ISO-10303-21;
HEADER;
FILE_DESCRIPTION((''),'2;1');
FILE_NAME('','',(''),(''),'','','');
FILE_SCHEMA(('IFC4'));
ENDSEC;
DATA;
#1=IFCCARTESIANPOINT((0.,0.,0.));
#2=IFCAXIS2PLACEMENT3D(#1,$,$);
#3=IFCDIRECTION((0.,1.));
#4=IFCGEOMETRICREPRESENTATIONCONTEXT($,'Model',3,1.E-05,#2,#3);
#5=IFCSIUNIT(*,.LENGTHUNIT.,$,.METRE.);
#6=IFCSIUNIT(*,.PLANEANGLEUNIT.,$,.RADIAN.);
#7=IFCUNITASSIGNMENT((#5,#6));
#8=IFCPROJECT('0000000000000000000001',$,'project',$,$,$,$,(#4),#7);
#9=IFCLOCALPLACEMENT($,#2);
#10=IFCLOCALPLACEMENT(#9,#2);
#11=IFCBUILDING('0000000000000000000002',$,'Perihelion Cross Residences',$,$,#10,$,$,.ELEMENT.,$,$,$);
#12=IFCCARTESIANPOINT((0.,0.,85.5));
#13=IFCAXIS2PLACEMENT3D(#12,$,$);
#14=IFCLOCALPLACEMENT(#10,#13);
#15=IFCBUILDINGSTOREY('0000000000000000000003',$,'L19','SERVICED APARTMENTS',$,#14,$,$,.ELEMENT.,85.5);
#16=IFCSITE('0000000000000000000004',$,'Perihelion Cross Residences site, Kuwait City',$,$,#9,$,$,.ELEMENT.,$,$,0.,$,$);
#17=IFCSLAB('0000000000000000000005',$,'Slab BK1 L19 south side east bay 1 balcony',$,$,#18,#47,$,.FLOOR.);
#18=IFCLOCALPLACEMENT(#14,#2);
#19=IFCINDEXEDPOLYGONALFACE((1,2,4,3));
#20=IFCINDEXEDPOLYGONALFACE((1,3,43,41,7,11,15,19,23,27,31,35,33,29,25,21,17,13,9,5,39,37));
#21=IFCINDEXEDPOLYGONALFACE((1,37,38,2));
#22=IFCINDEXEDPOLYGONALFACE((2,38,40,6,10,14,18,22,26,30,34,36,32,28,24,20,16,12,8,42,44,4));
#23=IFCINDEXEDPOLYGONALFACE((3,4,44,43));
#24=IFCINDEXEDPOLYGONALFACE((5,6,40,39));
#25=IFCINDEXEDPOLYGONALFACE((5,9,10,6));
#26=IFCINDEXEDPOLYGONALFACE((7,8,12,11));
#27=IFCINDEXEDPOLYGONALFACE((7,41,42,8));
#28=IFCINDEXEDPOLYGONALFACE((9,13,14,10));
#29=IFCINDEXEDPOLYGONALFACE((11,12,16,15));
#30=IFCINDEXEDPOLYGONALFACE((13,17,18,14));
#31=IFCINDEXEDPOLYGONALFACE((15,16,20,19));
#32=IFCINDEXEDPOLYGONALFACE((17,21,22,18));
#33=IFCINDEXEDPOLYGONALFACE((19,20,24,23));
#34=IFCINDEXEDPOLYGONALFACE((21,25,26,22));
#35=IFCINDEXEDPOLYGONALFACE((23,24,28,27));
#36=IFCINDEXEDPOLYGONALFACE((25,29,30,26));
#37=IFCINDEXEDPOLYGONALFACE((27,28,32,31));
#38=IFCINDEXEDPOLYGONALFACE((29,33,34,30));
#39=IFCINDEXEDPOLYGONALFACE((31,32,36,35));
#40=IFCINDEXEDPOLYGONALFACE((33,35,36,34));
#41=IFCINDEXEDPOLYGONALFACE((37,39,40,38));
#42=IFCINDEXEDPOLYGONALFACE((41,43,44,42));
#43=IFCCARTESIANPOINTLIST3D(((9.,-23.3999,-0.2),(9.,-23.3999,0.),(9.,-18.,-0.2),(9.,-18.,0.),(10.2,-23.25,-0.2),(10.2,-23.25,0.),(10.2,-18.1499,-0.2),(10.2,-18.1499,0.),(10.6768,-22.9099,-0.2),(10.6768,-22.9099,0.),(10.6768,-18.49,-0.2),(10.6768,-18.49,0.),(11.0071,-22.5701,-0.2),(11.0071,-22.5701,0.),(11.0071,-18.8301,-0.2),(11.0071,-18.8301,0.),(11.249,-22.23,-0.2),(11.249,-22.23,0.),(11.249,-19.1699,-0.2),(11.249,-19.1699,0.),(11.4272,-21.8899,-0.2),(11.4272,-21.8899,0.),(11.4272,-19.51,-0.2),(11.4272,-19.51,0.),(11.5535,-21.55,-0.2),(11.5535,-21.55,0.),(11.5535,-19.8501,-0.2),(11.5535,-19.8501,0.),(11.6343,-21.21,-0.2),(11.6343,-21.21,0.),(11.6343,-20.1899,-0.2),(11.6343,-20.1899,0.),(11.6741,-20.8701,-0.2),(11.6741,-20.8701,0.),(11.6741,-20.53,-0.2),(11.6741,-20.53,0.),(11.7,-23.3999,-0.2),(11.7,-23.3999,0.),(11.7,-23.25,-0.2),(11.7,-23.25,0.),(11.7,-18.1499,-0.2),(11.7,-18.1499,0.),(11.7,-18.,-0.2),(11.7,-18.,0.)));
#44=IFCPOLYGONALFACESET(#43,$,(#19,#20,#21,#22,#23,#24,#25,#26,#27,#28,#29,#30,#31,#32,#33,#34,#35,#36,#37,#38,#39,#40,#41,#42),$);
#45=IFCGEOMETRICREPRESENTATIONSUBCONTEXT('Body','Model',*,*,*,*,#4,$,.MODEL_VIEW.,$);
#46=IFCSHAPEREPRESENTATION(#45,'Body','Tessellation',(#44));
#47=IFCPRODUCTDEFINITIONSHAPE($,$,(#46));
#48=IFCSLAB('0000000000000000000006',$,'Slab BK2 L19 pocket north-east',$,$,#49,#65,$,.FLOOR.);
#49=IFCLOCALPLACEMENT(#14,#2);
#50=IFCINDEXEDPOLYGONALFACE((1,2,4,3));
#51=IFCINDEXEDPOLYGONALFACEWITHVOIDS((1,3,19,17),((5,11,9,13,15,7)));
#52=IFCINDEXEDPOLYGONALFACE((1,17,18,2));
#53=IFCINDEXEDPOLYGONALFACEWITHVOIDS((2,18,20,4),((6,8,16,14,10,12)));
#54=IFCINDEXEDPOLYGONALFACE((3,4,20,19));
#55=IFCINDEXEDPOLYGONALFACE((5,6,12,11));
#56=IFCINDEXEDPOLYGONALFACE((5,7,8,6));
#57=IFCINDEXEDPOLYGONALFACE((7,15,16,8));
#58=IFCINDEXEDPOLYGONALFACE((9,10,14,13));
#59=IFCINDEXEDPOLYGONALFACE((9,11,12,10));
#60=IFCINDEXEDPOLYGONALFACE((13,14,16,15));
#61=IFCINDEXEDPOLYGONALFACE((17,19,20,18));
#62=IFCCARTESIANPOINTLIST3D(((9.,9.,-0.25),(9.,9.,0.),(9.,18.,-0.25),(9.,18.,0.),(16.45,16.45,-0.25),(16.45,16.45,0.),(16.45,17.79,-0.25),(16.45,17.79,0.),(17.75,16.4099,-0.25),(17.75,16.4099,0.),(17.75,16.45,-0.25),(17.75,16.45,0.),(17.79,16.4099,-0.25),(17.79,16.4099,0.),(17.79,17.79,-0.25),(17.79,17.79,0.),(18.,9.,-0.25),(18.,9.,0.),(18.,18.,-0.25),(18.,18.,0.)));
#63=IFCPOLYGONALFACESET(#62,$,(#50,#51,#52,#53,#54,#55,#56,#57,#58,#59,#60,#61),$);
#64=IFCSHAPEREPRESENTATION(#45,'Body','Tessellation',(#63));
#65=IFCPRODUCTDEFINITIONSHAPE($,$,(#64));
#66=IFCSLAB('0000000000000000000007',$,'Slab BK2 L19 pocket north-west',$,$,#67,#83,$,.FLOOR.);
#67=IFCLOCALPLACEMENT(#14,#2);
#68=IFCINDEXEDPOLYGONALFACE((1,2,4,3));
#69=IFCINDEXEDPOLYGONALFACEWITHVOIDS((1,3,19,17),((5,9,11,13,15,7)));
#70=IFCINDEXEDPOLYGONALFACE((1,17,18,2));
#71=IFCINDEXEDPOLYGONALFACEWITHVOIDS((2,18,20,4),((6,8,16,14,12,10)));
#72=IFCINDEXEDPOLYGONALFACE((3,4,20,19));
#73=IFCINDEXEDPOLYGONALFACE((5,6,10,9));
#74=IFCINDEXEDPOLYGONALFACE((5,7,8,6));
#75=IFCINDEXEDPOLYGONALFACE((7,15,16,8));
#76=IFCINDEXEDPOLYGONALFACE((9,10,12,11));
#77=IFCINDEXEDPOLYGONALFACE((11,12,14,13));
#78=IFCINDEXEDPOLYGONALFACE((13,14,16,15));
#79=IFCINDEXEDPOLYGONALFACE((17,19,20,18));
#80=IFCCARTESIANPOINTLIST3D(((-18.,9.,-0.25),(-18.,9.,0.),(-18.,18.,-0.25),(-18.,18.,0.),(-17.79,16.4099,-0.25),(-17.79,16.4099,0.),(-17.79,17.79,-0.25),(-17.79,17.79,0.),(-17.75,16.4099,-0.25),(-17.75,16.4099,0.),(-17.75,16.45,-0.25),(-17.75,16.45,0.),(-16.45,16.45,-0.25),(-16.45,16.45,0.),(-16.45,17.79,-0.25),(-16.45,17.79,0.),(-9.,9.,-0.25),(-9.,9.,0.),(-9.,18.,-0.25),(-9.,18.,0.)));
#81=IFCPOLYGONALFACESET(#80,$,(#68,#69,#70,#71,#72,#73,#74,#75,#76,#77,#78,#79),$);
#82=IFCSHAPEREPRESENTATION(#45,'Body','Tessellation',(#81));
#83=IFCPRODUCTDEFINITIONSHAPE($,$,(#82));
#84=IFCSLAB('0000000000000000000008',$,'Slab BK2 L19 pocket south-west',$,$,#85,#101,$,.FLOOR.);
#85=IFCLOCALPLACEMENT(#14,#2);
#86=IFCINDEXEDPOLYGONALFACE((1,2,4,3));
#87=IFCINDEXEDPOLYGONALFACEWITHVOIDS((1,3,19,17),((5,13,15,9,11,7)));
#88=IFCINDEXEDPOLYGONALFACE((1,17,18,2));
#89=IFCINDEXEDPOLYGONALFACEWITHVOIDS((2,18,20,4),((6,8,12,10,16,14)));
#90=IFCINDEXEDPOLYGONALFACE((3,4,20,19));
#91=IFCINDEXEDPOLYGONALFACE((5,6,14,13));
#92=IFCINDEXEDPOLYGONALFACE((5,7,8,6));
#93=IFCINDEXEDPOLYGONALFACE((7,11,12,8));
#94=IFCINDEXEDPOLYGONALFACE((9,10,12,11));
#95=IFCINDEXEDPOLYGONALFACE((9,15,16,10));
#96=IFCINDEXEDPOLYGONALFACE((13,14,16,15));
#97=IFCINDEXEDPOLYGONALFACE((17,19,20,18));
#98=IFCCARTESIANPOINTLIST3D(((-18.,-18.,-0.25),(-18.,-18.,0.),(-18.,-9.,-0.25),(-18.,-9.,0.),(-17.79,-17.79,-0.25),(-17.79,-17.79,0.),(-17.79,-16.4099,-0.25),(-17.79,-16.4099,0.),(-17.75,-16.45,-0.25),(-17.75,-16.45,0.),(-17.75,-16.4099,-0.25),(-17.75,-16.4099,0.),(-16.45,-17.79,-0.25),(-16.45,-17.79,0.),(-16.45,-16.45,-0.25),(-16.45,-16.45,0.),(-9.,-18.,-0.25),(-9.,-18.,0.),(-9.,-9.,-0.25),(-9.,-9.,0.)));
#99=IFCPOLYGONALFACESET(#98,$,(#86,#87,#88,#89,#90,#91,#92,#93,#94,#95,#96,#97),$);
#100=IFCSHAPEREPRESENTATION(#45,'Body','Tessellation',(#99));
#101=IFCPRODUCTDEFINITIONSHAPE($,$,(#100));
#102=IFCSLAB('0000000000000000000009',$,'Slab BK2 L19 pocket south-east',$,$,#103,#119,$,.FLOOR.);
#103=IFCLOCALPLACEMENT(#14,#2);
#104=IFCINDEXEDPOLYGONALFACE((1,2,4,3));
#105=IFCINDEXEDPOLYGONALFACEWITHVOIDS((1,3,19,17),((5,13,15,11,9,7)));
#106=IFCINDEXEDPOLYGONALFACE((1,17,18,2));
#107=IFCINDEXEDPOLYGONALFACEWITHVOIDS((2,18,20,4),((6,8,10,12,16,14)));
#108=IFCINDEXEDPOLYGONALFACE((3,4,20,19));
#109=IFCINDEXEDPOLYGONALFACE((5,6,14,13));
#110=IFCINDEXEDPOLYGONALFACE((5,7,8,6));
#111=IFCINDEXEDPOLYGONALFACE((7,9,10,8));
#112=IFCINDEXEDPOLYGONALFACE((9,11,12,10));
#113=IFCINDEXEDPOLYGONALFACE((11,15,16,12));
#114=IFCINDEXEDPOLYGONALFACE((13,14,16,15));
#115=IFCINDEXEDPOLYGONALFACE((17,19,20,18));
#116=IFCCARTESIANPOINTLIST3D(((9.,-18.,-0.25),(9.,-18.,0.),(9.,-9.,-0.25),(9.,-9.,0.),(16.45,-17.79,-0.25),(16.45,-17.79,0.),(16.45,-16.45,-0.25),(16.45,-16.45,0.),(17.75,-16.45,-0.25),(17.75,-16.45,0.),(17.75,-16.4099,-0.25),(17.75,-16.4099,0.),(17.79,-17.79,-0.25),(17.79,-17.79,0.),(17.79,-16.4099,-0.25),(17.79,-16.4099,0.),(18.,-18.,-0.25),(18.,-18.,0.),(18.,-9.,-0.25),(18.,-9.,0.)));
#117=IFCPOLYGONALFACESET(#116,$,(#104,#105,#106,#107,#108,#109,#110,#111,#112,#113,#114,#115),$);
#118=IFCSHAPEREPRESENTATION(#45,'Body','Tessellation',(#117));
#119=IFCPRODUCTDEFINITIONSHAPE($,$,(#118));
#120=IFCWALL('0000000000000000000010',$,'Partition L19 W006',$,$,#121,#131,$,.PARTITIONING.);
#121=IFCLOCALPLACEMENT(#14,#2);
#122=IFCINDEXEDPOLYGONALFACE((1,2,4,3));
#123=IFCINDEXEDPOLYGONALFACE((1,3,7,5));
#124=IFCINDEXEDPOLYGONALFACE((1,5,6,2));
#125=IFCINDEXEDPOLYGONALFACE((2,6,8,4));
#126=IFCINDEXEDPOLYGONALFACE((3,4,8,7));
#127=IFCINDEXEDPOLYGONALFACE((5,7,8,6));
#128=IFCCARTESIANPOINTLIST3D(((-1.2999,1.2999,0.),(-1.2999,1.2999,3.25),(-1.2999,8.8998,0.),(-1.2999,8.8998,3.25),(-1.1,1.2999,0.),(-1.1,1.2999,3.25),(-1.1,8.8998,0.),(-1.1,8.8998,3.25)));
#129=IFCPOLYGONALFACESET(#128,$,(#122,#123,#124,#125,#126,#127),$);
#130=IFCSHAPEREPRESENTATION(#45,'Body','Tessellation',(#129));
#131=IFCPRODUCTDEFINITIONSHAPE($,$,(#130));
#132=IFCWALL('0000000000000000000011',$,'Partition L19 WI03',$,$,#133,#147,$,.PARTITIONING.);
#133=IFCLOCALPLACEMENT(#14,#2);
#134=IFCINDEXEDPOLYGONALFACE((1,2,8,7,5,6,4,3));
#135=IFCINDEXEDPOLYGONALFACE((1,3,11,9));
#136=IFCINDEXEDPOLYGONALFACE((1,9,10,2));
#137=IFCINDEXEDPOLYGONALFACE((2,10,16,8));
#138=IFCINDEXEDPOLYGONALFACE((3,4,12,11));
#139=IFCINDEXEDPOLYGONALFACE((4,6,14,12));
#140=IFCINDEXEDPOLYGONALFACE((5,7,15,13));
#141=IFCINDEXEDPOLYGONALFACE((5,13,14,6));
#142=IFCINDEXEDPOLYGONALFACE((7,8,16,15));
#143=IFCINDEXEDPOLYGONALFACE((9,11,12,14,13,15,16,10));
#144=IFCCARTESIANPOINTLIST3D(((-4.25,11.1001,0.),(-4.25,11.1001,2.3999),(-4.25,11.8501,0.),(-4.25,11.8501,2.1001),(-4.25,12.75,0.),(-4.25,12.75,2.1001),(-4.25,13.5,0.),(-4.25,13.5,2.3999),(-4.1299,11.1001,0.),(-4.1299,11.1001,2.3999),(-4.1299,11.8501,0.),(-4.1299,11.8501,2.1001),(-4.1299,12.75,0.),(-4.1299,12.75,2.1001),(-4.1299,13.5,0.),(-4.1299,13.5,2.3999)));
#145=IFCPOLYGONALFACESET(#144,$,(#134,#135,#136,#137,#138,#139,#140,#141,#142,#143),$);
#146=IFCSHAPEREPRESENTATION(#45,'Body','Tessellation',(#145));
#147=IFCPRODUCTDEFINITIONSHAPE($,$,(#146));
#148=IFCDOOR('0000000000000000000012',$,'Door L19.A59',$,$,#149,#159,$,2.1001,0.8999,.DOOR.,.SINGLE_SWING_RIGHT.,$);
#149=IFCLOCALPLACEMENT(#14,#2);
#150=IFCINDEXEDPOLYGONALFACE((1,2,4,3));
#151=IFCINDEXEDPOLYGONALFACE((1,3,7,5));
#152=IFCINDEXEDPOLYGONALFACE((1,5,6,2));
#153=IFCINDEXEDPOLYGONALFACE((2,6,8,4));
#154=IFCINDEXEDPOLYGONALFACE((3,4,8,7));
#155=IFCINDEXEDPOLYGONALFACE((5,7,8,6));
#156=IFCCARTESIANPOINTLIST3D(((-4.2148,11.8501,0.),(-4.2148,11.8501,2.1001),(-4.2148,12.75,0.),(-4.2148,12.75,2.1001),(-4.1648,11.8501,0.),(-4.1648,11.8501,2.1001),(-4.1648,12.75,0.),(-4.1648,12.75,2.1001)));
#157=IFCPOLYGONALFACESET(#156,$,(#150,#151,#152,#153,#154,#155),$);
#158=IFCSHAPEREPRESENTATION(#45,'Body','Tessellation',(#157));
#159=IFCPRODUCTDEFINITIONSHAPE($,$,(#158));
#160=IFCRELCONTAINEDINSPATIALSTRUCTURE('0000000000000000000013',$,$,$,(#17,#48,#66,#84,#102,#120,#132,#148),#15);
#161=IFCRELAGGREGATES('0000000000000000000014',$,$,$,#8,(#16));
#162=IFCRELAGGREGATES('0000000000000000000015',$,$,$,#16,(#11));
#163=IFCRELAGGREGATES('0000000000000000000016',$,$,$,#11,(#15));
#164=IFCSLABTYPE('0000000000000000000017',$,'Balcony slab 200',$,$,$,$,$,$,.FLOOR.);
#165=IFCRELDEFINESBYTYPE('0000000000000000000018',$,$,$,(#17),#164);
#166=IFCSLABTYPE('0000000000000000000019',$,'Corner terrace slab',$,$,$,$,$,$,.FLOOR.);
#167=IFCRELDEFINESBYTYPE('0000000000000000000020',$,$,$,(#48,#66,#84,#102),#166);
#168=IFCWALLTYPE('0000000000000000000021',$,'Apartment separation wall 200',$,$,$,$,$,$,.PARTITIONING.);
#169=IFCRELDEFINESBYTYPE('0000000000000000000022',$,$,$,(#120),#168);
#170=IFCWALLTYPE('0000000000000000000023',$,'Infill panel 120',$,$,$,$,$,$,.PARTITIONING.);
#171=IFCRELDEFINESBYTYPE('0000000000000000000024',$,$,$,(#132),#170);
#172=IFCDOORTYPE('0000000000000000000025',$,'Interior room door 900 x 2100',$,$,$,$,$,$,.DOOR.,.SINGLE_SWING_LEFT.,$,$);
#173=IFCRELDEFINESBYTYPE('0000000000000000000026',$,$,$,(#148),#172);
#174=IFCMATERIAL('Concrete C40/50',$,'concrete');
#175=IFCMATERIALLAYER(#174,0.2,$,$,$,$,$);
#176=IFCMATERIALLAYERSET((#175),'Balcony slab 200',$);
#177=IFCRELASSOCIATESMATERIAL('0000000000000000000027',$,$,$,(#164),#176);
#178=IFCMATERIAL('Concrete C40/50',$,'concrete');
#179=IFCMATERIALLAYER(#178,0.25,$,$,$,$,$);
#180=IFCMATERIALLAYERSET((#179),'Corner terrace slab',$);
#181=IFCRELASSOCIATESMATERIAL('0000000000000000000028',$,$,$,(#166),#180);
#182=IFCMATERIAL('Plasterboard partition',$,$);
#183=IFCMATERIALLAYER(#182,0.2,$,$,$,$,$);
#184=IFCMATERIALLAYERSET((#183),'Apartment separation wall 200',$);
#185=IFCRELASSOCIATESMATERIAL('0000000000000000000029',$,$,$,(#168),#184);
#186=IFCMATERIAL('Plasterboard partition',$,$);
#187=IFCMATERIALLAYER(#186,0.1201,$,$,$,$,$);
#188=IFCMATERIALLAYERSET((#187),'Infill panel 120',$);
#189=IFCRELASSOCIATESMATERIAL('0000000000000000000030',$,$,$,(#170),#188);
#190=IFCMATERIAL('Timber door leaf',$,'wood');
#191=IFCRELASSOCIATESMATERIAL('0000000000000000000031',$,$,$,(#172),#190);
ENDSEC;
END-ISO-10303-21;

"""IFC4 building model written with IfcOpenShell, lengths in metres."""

from ifc_helpers import new_model, si_unit, direction, frame, frame_2d, origin, place, context, subcontext, project, spatial, polyline, rectangle, outline, extrude, material, layer, layer_set, type_object, element, fill, save


model = new_model("IFC4")

# Units and contexts
model_context = context("Model", 3, precision=1e-05, world=origin(), true_north=direction((0.0, 1.0)))
body_context = subcontext(model_context, "Body", "Model", "MODEL_VIEW")
ifc_project = project(units=[si_unit("LENGTHUNIT", "METRE"), si_unit("PLANEANGLEUNIT", "RADIAN")], contexts=[model_context])

# Site, building, storey
site_placement = place(None, origin())
site = spatial("IfcSite", under=ifc_project, at=site_placement, Name="Perihelion Cross Residences site, Kuwait City", CompositionType="ELEMENT", RefElevation=0.0)
building_placement = place(site_placement, origin())
building = spatial("IfcBuilding", under=site, at=building_placement, Name="Perihelion Cross Residences", CompositionType="ELEMENT")
storey_placement = place(building_placement, frame((0.0, 0.0, 85.5)))
storey = spatial("IfcBuildingStorey", under=building, at=storey_placement, Name="L19", Description="SERVICED APARTMENTS", CompositionType="ELEMENT", Elevation=85.5)

# Slabs
ifc_material_1 = material(Name="Concrete C40/50", Category="concrete")
ifc_layer_1 = layer(ifc_material_1, 0.2)
ifc_layer_set_1 = layer_set([ifc_layer_1], Name="Balcony slab 200")
slab_type_1 = type_object("IfcSlabType", Name="Balcony slab 200", PredefinedType="FLOOR", material=ifc_layer_set_1)
slab_1_placement = place(storey_placement, frame((0.0, 0.0, -0.2)))
element("IfcSlab", 1, at=slab_1_placement, inside=storey, type_object=slab_type_1, Name="Slab BK1 L19 south side east bay 1 balcony", PredefinedType="FLOOR", context=body_context, shape_type="SweptSolid", body=[
    extrude(outline(polyline([(9.0, -23.3999), (9.0, -18.0), (11.7, -18.0), (11.7, -18.1499), (10.2, -18.1499), (10.6768, -18.49), (11.0071, -18.8301), (11.249, -19.1699), (11.4272, -19.51), (11.5535, -19.8501), (11.6343, -20.1899), (11.6741, -20.53), (11.6741, -20.8701), (11.6343, -21.21), (11.5535, -21.55), (11.4272, -21.8899), (11.249, -22.23), (11.0071, -22.5701), (10.6768, -22.9099), (10.2, -23.25), (11.7, -23.25), (11.7, -23.3999), (9.0, -23.3999)])), origin(), (0.0, 0.0, 1.0), 0.2),
])
ifc_material_2 = material(Name="Concrete C40/50", Category="concrete")
ifc_layer_2 = layer(ifc_material_2, 0.25)
ifc_layer_set_2 = layer_set([ifc_layer_2], Name="Corner terrace slab")
slab_type_2 = type_object("IfcSlabType", Name="Corner terrace slab", PredefinedType="FLOOR", material=ifc_layer_set_2)
slab_2_placement = place(storey_placement, frame((0.0, 0.0, -0.25)))
element("IfcSlab", 2, at=slab_2_placement, inside=storey, type_object=slab_type_2, Name="Slab BK2 L19 pocket north-east", PredefinedType="FLOOR", context=body_context, shape_type="SweptSolid", body=[
    extrude(outline(polyline([(18.0, 9.0), (18.0, 18.0), (9.0, 18.0), (9.0, 9.0), (18.0, 9.0)]), holes=[polyline([(16.45, 16.45), (16.45, 17.79), (17.79, 17.79), (17.79, 16.4099), (17.75, 16.4099), (17.75, 16.45), (16.45, 16.45)])]), origin(), (0.0, 0.0, 1.0), 0.25),
])
slab_3_placement = place(storey_placement, frame((0.0, 0.0, -0.25)))
element("IfcSlab", 3, at=slab_3_placement, inside=storey, type_object=slab_type_2, Name="Slab BK2 L19 pocket north-west", PredefinedType="FLOOR", context=body_context, shape_type="SweptSolid", body=[
    extrude(outline(polyline([(-9.0, 9.0), (-9.0, 18.0), (-18.0, 18.0), (-18.0, 9.0), (-9.0, 9.0)]), holes=[polyline([(-17.79, 16.4099), (-17.79, 17.79), (-16.45, 17.79), (-16.45, 16.45), (-17.75, 16.45), (-17.75, 16.4099), (-17.79, 16.4099)])]), origin(), (0.0, 0.0, 1.0), 0.25),
])
slab_4_placement = place(storey_placement, frame((0.0, 0.0, -0.25)))
element("IfcSlab", 4, at=slab_4_placement, inside=storey, type_object=slab_type_2, Name="Slab BK2 L19 pocket south-west", PredefinedType="FLOOR", context=body_context, shape_type="SweptSolid", body=[
    extrude(outline(polyline([(-9.0, -18.0), (-9.0, -9.0), (-18.0, -9.0), (-18.0, -18.0), (-9.0, -18.0)]), holes=[polyline([(-17.79, -16.4099), (-17.75, -16.4099), (-17.75, -16.45), (-16.45, -16.45), (-16.45, -17.79), (-17.79, -17.79), (-17.79, -16.4099)])]), origin(), (0.0, 0.0, 1.0), 0.25),
])
slab_5_placement = place(storey_placement, frame((0.0, 0.0, -0.25)))
element("IfcSlab", 5, at=slab_5_placement, inside=storey, type_object=slab_type_2, Name="Slab BK2 L19 pocket south-east", PredefinedType="FLOOR", context=body_context, shape_type="SweptSolid", body=[
    extrude(outline(polyline([(18.0, -18.0), (18.0, -9.0), (9.0, -9.0), (9.0, -18.0), (18.0, -18.0)]), holes=[polyline([(16.45, -17.79), (16.45, -16.45), (17.75, -16.45), (17.75, -16.4099), (17.79, -16.4099), (17.79, -17.79), (16.45, -17.79)])]), origin(), (0.0, 0.0, 1.0), 0.25),
])

# Wall
ifc_material_3 = material(Name="Plasterboard partition")
ifc_layer_3 = layer(ifc_material_3, 0.2)
ifc_layer_set_3 = layer_set([ifc_layer_3], Name="Apartment separation wall 200")
wall_type_1 = type_object("IfcWallType", Name="Apartment separation wall 200", PredefinedType="PARTITIONING", material=ifc_layer_set_3)
wall_1_placement = place(storey_placement, frame((-1.2, 1.3, 0.0), z_axis=(0.0, 0.0, 1.0), x_axis=(0.0, 1.0, 0.0)))
element("IfcWall", 6, at=wall_1_placement, inside=storey, type_object=wall_type_1, Name="Partition L19 W006", PredefinedType="PARTITIONING", context=body_context, shape_type="SweptSolid", body=[
    extrude(rectangle(XDim=7.5999, YDim=0.2, at=frame_2d((3.7998, 0.0))), origin(), (0.0, 0.0, 1.0), 3.25),
])

# Wall, opening, door
ifc_material_4 = material(Name="Plasterboard partition")
ifc_layer_4 = layer(ifc_material_4, 0.1201)
ifc_layer_set_4 = layer_set([ifc_layer_4], Name="Infill panel 120")
wall_type_2 = type_object("IfcWallType", Name="Infill panel 120", PredefinedType="PARTITIONING", material=ifc_layer_set_4)
wall_2_placement = place(storey_placement, frame((-4.1899, 11.1001, 0.0), z_axis=(0.0, 0.0, 1.0), x_axis=(0.0, 1.0, 0.0)))
wall_2 = element("IfcWall", 7, at=wall_2_placement, inside=storey, type_object=wall_type_2, Name="Partition L19 WI03", PredefinedType="PARTITIONING", context=body_context, shape_type="SweptSolid", body=[
    extrude(rectangle(XDim=2.3999, YDim=0.1201, at=frame_2d((1.2, 0.0))), origin(), (0.0, 0.0, 1.0), 2.3999),
])
opening_1_placement = place(wall_2_placement, frame((0.75, 0.0, 0.0)))
opening_1 = element("IfcOpeningElement", 8, at=opening_1_placement, cuts=wall_2, PredefinedType="OPENING", context=body_context, shape_type="SweptSolid", body=[
    extrude(rectangle(XDim=0.8999, YDim=2.1001, at=frame_2d((0.45, 1.05))), frame((0.0, 0.0701, 0.0), z_axis=(0.0, -1.0, 0.0), x_axis=(1.0, 0.0, 0.0)), (0.0, 0.0, 1.0), 0.1401),
])
ifc_material_5 = material(Name="Timber door leaf", Category="wood")
door_type_1 = type_object("IfcDoorType", Name="Interior room door 900 x 2100", OperationType="SINGLE_SWING_LEFT", PredefinedType="DOOR", material=ifc_material_5)
door_1_placement = place(opening_1_placement, origin())
door_1 = element("IfcDoor", 9, at=door_1_placement, inside=storey, type_object=door_type_1, Name="Door L19.A59", OperationType="SINGLE_SWING_RIGHT", OverallHeight=2.1001, OverallWidth=0.8999, PredefinedType="DOOR", context=body_context, shape_type="SweptSolid", body=[
    extrude(rectangle(XDim=0.8999, YDim=2.1001, at=frame_2d((0.45, 1.05))), frame((0.0, 0.0249, 0.0), z_axis=(0.0, -1.0, 0.0), x_axis=(1.0, 0.0, 0.0)), (0.0, 0.0, 1.0), 0.05),
])
fill(opening_1, door_1)

save(model, "model.ifc")
